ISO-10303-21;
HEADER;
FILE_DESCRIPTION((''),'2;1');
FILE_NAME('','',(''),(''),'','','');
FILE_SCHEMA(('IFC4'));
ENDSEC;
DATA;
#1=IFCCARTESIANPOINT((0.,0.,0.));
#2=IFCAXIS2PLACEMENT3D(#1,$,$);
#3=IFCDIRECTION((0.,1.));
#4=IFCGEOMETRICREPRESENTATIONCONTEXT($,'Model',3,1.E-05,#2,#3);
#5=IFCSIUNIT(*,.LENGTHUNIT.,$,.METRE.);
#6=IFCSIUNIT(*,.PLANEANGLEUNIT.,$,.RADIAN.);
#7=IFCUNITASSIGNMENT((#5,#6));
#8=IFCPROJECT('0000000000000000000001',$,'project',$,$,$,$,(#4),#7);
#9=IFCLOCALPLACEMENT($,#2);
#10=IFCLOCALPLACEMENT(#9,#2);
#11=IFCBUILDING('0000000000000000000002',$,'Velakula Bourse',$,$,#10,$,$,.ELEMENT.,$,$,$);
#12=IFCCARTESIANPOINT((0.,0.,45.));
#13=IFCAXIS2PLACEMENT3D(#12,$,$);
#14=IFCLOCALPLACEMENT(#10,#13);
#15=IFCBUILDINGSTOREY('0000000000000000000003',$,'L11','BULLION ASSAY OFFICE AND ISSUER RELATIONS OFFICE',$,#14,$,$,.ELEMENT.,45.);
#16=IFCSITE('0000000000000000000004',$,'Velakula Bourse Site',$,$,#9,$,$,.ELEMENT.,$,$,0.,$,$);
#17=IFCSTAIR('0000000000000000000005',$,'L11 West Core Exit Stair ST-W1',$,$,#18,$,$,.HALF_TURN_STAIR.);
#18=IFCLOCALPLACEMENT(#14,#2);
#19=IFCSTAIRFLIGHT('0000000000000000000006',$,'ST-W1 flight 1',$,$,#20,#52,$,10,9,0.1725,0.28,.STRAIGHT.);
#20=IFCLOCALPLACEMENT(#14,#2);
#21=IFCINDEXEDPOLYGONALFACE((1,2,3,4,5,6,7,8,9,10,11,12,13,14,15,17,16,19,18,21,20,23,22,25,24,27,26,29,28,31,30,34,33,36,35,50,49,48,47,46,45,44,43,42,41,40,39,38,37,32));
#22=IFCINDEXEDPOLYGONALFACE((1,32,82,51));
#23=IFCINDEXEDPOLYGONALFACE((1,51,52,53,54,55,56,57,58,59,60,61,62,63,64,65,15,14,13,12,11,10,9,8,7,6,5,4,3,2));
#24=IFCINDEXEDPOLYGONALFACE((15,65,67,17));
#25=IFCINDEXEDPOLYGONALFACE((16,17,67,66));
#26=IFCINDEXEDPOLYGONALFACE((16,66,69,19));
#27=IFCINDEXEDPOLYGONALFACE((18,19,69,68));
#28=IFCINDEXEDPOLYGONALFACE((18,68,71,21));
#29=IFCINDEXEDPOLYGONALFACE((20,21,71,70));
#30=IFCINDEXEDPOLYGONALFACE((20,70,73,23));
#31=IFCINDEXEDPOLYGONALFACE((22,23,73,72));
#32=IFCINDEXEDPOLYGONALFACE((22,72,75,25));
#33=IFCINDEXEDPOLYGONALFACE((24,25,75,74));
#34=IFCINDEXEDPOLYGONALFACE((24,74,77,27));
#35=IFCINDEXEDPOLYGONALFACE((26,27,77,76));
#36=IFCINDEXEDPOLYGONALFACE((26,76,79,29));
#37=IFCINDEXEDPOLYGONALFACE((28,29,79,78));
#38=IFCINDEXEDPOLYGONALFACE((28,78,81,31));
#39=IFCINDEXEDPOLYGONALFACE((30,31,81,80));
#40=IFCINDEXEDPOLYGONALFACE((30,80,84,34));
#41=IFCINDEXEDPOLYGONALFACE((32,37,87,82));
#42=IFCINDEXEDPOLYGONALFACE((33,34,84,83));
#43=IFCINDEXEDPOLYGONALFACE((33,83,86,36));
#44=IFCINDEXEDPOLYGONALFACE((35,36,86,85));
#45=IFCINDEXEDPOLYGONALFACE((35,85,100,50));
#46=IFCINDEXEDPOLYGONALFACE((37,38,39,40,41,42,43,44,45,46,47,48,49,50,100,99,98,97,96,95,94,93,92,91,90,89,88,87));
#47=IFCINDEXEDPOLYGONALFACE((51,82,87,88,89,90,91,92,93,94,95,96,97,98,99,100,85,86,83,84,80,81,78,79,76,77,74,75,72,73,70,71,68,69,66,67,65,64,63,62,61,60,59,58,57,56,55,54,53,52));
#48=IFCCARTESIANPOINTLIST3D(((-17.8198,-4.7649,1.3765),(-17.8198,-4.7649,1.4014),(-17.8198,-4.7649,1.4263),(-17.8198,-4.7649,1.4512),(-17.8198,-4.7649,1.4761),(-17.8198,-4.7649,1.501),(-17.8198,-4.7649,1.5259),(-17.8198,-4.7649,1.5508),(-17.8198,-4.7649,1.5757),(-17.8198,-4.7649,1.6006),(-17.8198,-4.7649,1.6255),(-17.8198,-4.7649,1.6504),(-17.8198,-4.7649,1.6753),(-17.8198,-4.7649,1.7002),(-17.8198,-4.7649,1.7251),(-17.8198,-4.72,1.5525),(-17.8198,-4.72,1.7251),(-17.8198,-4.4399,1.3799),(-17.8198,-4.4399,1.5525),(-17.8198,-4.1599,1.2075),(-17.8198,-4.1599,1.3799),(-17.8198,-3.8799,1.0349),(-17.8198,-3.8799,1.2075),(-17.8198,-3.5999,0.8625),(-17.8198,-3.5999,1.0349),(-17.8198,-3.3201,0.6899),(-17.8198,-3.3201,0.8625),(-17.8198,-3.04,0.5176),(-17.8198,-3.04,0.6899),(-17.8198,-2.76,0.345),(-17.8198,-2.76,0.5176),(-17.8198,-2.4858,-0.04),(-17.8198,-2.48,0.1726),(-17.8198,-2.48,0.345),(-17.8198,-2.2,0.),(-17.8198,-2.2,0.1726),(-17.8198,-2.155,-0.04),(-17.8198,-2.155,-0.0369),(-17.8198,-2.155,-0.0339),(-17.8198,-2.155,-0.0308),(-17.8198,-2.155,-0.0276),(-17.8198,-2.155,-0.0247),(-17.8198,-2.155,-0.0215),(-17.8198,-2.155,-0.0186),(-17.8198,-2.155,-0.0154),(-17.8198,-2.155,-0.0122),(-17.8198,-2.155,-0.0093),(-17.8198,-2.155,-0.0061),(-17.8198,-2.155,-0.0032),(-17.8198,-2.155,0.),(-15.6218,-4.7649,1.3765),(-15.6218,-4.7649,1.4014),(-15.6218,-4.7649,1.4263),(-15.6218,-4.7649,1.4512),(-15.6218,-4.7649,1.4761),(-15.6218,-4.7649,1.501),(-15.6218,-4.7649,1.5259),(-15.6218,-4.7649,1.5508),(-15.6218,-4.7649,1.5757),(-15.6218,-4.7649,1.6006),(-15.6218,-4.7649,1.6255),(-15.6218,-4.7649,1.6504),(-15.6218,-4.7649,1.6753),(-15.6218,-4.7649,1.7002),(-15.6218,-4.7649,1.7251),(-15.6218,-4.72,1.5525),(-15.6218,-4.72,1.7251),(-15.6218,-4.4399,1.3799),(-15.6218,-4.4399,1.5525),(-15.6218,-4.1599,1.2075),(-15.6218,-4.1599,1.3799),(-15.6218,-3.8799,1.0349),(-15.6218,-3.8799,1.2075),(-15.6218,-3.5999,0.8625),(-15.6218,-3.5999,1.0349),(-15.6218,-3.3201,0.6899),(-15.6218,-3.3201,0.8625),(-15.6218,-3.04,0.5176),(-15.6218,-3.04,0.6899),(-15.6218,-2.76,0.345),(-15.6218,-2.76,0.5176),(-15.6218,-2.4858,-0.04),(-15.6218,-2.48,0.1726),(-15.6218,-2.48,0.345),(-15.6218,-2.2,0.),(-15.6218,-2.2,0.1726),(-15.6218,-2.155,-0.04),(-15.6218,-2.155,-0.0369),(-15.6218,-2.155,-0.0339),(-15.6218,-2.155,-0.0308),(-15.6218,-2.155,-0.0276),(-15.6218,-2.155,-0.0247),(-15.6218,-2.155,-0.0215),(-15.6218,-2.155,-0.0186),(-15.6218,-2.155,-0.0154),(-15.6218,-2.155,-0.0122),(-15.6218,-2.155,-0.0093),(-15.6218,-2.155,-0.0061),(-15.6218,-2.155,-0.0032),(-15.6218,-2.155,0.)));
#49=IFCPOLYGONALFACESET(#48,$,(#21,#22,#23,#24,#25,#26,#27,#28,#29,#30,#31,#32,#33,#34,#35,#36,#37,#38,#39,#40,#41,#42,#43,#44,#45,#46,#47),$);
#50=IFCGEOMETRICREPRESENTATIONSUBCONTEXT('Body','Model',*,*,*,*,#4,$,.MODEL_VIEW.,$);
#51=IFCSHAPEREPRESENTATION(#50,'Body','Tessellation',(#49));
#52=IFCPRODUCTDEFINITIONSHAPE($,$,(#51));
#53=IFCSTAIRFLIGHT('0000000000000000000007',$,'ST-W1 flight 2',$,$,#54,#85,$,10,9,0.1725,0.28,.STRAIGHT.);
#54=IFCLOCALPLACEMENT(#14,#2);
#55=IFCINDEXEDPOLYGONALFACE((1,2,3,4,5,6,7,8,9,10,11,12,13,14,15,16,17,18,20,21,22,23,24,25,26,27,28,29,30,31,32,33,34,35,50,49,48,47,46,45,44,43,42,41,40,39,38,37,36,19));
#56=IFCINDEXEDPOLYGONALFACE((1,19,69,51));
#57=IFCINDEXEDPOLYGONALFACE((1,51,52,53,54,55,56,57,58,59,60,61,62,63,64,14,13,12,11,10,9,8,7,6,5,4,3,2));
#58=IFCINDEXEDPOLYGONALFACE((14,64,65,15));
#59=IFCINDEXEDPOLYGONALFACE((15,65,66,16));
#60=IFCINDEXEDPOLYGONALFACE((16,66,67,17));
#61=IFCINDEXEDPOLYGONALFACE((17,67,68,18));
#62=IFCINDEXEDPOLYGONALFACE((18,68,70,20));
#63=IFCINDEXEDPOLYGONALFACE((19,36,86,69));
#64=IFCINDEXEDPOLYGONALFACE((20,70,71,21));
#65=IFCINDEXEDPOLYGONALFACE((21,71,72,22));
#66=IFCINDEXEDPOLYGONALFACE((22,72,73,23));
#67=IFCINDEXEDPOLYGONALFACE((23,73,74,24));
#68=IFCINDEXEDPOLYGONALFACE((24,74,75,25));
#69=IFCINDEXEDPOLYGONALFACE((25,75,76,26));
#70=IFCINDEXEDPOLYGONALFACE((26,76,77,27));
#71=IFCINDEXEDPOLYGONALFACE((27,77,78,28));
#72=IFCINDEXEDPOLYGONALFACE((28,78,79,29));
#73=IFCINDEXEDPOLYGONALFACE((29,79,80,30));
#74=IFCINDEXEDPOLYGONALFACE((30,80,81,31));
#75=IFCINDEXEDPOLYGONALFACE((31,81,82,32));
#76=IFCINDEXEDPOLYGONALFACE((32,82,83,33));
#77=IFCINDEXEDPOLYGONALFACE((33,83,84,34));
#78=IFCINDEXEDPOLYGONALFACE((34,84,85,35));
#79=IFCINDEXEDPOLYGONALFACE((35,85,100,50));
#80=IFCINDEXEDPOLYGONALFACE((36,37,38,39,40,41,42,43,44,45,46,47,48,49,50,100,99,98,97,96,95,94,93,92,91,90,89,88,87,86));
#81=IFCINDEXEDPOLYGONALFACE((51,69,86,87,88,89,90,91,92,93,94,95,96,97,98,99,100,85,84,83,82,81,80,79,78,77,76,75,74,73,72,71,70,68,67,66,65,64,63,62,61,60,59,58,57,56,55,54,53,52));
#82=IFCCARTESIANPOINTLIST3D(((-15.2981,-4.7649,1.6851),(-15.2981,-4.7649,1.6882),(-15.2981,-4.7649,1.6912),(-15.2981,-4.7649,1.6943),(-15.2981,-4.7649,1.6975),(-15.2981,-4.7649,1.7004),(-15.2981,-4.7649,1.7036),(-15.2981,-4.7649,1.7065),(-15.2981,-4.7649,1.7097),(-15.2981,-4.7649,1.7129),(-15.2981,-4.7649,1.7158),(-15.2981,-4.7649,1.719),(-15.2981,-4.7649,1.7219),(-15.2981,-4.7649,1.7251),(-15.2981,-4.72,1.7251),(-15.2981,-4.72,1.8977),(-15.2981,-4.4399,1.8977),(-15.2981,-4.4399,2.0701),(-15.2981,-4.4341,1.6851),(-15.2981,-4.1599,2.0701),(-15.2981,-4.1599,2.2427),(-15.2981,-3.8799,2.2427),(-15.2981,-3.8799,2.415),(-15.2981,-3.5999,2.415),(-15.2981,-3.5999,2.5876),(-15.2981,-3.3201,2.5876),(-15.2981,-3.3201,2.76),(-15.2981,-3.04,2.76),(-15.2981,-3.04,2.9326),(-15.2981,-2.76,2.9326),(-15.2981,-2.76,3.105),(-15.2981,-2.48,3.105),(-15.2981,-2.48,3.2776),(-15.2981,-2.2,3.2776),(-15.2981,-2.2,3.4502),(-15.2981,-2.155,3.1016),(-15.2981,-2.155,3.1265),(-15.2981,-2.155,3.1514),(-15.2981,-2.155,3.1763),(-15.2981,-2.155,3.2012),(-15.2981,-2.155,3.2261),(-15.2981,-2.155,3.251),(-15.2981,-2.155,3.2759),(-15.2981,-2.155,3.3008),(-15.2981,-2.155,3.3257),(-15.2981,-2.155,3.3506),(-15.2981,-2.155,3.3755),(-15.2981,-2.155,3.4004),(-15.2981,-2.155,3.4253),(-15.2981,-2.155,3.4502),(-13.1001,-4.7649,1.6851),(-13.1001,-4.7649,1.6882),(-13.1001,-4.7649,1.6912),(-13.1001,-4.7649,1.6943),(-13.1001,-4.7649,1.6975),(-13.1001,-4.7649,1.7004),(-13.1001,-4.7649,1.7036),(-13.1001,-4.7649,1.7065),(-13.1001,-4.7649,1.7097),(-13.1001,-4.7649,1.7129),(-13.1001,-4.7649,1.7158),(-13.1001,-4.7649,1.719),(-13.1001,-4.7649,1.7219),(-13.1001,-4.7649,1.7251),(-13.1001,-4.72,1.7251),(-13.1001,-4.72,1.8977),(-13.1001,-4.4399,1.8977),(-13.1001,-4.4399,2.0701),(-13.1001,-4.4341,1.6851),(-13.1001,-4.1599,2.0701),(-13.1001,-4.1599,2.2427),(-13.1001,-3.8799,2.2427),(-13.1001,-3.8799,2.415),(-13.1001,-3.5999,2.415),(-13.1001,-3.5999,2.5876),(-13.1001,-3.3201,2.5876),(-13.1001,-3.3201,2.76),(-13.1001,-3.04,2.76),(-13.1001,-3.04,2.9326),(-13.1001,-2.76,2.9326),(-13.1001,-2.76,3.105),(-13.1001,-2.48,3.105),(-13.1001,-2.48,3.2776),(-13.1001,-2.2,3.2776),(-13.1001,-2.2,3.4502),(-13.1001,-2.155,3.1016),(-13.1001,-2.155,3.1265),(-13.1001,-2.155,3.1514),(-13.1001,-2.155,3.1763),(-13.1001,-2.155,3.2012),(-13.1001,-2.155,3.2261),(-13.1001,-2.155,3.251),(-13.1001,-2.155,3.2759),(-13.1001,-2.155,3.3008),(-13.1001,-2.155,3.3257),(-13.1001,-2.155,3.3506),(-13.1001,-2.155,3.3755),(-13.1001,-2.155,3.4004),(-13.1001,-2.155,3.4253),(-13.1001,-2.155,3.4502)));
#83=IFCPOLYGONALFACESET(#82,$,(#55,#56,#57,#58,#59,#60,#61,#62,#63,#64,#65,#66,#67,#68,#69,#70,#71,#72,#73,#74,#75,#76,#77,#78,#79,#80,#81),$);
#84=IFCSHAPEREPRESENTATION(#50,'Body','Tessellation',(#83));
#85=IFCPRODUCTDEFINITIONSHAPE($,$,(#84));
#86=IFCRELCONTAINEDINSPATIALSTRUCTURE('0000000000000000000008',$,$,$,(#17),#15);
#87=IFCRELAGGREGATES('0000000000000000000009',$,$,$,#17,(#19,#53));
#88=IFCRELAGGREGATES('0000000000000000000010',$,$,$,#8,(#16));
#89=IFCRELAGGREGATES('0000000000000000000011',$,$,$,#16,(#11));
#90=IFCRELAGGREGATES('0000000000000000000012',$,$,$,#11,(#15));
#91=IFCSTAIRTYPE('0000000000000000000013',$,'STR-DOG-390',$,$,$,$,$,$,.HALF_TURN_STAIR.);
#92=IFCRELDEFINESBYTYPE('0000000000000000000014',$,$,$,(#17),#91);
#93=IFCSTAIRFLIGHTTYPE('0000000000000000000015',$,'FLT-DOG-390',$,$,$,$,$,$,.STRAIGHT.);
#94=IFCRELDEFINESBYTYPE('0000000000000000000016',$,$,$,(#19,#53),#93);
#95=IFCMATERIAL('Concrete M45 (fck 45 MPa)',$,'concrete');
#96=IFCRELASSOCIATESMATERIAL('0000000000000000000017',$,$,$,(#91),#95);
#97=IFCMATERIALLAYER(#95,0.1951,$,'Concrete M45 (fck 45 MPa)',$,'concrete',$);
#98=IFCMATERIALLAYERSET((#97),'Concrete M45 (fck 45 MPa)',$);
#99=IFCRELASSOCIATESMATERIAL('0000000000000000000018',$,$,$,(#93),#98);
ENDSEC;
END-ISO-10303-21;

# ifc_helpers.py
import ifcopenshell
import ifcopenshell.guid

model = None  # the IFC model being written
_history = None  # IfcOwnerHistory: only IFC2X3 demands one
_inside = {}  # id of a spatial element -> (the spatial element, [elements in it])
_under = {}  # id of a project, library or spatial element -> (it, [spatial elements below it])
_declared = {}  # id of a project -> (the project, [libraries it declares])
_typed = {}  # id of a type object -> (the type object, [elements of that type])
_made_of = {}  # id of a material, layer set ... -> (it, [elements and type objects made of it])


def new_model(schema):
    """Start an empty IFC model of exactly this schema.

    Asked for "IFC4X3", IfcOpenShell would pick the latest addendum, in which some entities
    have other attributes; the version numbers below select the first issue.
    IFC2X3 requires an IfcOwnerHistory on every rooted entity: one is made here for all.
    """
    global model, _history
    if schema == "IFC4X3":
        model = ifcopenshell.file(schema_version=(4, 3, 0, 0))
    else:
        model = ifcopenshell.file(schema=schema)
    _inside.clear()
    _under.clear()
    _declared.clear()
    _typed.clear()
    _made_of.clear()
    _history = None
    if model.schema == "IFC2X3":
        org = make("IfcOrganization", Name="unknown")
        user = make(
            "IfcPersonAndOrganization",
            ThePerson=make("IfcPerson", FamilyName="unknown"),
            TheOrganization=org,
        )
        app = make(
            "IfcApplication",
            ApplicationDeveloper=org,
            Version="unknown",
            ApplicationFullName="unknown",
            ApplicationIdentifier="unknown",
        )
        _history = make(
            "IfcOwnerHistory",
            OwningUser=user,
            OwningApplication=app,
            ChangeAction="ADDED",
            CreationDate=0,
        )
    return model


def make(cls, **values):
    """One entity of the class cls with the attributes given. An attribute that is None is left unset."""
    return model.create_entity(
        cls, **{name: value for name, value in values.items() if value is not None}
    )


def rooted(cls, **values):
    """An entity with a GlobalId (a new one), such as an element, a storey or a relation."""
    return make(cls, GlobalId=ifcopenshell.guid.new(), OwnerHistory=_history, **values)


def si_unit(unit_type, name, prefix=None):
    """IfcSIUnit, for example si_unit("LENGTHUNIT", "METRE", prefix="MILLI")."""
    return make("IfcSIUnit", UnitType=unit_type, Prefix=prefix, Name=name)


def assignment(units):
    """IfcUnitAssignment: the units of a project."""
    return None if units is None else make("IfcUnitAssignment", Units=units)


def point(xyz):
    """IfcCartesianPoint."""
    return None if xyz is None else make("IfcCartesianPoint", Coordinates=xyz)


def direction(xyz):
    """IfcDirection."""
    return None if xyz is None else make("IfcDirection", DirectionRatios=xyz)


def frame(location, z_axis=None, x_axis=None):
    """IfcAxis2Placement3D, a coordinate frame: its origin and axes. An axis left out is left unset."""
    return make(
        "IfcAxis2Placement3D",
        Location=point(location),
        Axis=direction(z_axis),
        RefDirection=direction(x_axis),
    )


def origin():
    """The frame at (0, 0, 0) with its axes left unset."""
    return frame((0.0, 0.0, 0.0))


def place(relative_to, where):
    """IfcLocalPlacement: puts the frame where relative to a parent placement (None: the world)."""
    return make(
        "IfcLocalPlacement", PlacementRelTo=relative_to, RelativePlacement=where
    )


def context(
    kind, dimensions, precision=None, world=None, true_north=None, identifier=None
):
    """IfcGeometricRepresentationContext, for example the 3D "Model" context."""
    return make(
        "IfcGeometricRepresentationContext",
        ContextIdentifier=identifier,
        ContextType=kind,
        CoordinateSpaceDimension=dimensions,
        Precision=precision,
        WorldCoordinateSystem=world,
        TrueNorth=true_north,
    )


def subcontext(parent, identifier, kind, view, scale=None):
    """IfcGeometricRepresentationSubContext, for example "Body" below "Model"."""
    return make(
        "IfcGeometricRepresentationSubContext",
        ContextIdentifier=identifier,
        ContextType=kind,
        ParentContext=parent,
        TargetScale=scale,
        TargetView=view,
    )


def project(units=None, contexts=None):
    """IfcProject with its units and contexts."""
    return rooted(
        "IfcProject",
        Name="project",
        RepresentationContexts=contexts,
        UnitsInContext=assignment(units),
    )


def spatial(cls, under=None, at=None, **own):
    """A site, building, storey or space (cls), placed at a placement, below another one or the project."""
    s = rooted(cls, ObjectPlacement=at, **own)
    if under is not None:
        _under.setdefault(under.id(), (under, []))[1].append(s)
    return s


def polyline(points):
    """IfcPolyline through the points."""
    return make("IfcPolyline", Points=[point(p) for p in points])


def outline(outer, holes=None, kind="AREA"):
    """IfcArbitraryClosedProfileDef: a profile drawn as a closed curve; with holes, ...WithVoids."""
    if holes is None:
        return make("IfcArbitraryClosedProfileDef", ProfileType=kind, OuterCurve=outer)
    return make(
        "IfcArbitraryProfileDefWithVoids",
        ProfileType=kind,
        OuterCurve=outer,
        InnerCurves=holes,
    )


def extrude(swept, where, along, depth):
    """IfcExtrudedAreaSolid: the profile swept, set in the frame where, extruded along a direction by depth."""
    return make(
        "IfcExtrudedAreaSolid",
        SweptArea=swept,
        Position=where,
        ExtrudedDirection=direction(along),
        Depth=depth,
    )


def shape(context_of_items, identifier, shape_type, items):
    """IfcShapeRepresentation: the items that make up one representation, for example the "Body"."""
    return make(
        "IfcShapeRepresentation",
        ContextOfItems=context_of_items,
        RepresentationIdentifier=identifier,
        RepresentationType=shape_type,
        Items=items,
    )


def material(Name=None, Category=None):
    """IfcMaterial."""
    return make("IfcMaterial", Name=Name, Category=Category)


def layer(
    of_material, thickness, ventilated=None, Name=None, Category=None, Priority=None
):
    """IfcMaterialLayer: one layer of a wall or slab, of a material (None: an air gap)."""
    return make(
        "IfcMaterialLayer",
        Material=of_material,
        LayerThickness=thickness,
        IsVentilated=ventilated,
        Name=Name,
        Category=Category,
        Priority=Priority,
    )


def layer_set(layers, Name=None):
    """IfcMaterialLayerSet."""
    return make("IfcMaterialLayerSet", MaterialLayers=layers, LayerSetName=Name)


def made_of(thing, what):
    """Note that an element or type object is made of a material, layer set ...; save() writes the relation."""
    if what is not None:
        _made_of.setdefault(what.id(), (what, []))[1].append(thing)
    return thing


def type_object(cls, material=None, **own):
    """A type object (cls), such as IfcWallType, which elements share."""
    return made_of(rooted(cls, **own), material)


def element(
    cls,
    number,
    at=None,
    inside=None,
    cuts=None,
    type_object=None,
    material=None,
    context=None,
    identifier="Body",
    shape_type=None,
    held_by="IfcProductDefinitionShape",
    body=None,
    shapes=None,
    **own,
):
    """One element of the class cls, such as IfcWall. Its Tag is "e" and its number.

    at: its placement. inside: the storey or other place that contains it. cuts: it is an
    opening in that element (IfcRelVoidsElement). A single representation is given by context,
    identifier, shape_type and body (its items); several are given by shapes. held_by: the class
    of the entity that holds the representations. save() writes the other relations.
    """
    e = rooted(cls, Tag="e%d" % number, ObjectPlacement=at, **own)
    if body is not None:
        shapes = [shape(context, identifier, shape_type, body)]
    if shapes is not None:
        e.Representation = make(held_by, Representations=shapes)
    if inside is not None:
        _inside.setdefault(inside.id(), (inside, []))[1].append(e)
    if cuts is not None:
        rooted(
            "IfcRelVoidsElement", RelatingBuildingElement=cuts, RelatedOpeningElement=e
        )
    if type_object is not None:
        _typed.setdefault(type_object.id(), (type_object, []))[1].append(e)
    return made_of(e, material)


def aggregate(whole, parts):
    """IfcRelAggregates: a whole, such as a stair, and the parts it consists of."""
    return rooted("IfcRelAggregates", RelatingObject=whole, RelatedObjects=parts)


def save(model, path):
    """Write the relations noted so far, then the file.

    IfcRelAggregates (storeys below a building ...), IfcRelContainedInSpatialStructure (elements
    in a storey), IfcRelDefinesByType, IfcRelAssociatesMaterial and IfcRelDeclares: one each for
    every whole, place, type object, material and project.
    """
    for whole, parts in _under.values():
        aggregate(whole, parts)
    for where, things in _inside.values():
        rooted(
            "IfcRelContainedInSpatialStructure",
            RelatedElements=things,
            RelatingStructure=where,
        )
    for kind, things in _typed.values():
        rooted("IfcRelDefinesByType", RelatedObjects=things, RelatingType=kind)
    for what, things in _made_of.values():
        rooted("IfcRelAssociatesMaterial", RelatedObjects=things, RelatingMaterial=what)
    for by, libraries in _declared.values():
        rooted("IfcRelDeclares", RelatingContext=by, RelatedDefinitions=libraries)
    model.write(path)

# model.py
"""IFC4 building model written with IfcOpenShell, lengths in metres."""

from ifc_helpers import new_model, si_unit, direction, frame, origin, place, context, subcontext, project, spatial, polyline, outline, extrude, material, layer, layer_set, type_object, element, aggregate, save


model = new_model("IFC4")

# Units and contexts
model_context = context("Model", 3, precision=1e-05, world=origin(), true_north=direction((0.0, 1.0)))
body_context = subcontext(model_context, "Body", "Model", "MODEL_VIEW")
ifc_project = project(units=[si_unit("LENGTHUNIT", "METRE"), si_unit("PLANEANGLEUNIT", "RADIAN")], contexts=[model_context])

# Site, building, storey
site_placement = place(None, origin())
site = spatial("IfcSite", under=ifc_project, at=site_placement, Name="Velakula Bourse Site", CompositionType="ELEMENT", RefElevation=0.0)
building_placement = place(site_placement, origin())
building = spatial("IfcBuilding", under=site, at=building_placement, Name="Velakula Bourse", CompositionType="ELEMENT")
storey_placement = place(building_placement, frame((0.0, 0.0, 45.0)))
storey = spatial("IfcBuildingStorey", under=building, at=storey_placement, Name="L11", Description="BULLION ASSAY OFFICE AND ISSUER RELATIONS OFFICE", CompositionType="ELEMENT", Elevation=45.0)

# Stair, stair flights
ifc_material_1 = material(Name="Concrete M45 (fck 45 MPa)", Category="concrete")
stair_type = type_object("IfcStairType", Name="STR-DOG-390", PredefinedType="HALF_TURN_STAIR", material=ifc_material_1)
stair_placement = place(storey_placement, origin())
stair = element("IfcStair", 1, at=stair_placement, inside=storey, type_object=stair_type, Name="L11 West Core Exit Stair ST-W1", PredefinedType="HALF_TURN_STAIR")
ifc_layer_1 = layer(ifc_material_1, 0.1951, Name="Concrete M45 (fck 45 MPa)", Category="concrete")
ifc_layer_set_1 = layer_set([ifc_layer_1], Name="Concrete M45 (fck 45 MPa)")
stair_flight_type = type_object("IfcStairFlightType", Name="FLT-DOG-390", PredefinedType="STRAIGHT", material=ifc_layer_set_1)
stair_flight_1_placement = place(storey_placement, frame((-16.7209, -2.2, 0.0), z_axis=(0.0, 0.0, 1.0), x_axis=(0.0, -1.0, 0.0)))
stair_flight_1 = element("IfcStairFlight", 2, at=stair_flight_1_placement, type_object=stair_flight_type, Name="ST-W1 flight 1", NumberOfRisers=10, NumberOfTreads=9, PredefinedType="STRAIGHT", RiserHeight=0.1725, TreadLength=0.28, context=body_context, shape_type="SweptSolid", body=[
    extrude(outline(polyline([(-0.0449, -0.04), (-0.0449, -0.0369), (-0.0449, -0.0339), (-0.0449, -0.0308), (-0.0449, -0.0276), (-0.0449, -0.0247), (-0.0449, -0.0215), (-0.0449, -0.0186), (-0.0449, -0.0154), (-0.0449, -0.0122), (-0.0449, -0.0093), (-0.0449, -0.0061), (-0.0449, -0.0032), (-0.0449, 0.0), (0.0, 0.0), (0.0, 0.1726), (0.28, 0.1726), (0.28, 0.345), (0.5601, 0.345), (0.5601, 0.5176), (0.8401, 0.5176), (0.8401, 0.6899), (1.1201, 0.6899), (1.1201, 0.8625), (1.3999, 0.8625), (1.3999, 1.0349), (1.6799, 1.0349), (1.6799, 1.2075), (1.96, 1.2075), (1.96, 1.3799), (2.24, 1.3799), (2.24, 1.5525), (2.52, 1.5525), (2.52, 1.7251), (2.5649, 1.7251), (2.5649, 1.7002), (2.5649, 1.6753), (2.5649, 1.6504), (2.5649, 1.6255), (2.5649, 1.6006), (2.5649, 1.5757), (2.5649, 1.5508), (2.5649, 1.5259), (2.5649, 1.501), (2.5649, 1.4761), (2.5649, 1.4512), (2.5649, 1.4263), (2.5649, 1.4014), (2.5649, 1.3765), (0.2859, -0.04), (-0.0449, -0.04)])), frame((0.0, 1.0991, 0.0), z_axis=(0.0, -1.0, 0.0), x_axis=(1.0, 0.0, 0.0)), (0.0, 0.0, 1.0), 2.198),
])
stair_flight_2_placement = place(storey_placement, frame((-14.199, -4.72, 1.7251), z_axis=(0.0, 0.0, 1.0), x_axis=(0.0, 1.0, 0.0)))
stair_flight_2 = element("IfcStairFlight", 3, at=stair_flight_2_placement, type_object=stair_flight_type, Name="ST-W1 flight 2", NumberOfRisers=10, NumberOfTreads=9, PredefinedType="STRAIGHT", RiserHeight=0.1725, TreadLength=0.28, context=body_context, shape_type="SweptSolid", body=[
    extrude(outline(polyline([(-0.0449, -0.04), (-0.0449, -0.0369), (-0.0449, -0.0339), (-0.0449, -0.0308), (-0.0449, -0.0276), (-0.0449, -0.0247), (-0.0449, -0.0215), (-0.0449, -0.0186), (-0.0449, -0.0154), (-0.0449, -0.0122), (-0.0449, -0.0093), (-0.0449, -0.0061), (-0.0449, -0.0032), (-0.0449, 0.0), (0.0, 0.0), (0.0, 0.1726), (0.28, 0.1726), (0.28, 0.345), (0.5601, 0.345), (0.5601, 0.5176), (0.8401, 0.5176), (0.8401, 0.6899), (1.1201, 0.6899), (1.1201, 0.8625), (1.3999, 0.8625), (1.3999, 1.0349), (1.6799, 1.0349), (1.6799, 1.2075), (1.96, 1.2075), (1.96, 1.3799), (2.24, 1.3799), (2.24, 1.5525), (2.52, 1.5525), (2.52, 1.7251), (2.5649, 1.7251), (2.5649, 1.7002), (2.5649, 1.6753), (2.5649, 1.6504), (2.5649, 1.6255), (2.5649, 1.6006), (2.5649, 1.5757), (2.5649, 1.5508), (2.5649, 1.5259), (2.5649, 1.501), (2.5649, 1.4761), (2.5649, 1.4512), (2.5649, 1.4263), (2.5649, 1.4014), (2.5649, 1.3765), (0.2859, -0.04), (-0.0449, -0.04)])), frame((0.0, 1.0991, 0.0), z_axis=(0.0, -1.0, 0.0), x_axis=(1.0, 0.0, 0.0)), (0.0, 0.0, 1.0), 2.198),
])
aggregate(stair, [stair_flight_1, stair_flight_2])

save(model, "model.ifc")
